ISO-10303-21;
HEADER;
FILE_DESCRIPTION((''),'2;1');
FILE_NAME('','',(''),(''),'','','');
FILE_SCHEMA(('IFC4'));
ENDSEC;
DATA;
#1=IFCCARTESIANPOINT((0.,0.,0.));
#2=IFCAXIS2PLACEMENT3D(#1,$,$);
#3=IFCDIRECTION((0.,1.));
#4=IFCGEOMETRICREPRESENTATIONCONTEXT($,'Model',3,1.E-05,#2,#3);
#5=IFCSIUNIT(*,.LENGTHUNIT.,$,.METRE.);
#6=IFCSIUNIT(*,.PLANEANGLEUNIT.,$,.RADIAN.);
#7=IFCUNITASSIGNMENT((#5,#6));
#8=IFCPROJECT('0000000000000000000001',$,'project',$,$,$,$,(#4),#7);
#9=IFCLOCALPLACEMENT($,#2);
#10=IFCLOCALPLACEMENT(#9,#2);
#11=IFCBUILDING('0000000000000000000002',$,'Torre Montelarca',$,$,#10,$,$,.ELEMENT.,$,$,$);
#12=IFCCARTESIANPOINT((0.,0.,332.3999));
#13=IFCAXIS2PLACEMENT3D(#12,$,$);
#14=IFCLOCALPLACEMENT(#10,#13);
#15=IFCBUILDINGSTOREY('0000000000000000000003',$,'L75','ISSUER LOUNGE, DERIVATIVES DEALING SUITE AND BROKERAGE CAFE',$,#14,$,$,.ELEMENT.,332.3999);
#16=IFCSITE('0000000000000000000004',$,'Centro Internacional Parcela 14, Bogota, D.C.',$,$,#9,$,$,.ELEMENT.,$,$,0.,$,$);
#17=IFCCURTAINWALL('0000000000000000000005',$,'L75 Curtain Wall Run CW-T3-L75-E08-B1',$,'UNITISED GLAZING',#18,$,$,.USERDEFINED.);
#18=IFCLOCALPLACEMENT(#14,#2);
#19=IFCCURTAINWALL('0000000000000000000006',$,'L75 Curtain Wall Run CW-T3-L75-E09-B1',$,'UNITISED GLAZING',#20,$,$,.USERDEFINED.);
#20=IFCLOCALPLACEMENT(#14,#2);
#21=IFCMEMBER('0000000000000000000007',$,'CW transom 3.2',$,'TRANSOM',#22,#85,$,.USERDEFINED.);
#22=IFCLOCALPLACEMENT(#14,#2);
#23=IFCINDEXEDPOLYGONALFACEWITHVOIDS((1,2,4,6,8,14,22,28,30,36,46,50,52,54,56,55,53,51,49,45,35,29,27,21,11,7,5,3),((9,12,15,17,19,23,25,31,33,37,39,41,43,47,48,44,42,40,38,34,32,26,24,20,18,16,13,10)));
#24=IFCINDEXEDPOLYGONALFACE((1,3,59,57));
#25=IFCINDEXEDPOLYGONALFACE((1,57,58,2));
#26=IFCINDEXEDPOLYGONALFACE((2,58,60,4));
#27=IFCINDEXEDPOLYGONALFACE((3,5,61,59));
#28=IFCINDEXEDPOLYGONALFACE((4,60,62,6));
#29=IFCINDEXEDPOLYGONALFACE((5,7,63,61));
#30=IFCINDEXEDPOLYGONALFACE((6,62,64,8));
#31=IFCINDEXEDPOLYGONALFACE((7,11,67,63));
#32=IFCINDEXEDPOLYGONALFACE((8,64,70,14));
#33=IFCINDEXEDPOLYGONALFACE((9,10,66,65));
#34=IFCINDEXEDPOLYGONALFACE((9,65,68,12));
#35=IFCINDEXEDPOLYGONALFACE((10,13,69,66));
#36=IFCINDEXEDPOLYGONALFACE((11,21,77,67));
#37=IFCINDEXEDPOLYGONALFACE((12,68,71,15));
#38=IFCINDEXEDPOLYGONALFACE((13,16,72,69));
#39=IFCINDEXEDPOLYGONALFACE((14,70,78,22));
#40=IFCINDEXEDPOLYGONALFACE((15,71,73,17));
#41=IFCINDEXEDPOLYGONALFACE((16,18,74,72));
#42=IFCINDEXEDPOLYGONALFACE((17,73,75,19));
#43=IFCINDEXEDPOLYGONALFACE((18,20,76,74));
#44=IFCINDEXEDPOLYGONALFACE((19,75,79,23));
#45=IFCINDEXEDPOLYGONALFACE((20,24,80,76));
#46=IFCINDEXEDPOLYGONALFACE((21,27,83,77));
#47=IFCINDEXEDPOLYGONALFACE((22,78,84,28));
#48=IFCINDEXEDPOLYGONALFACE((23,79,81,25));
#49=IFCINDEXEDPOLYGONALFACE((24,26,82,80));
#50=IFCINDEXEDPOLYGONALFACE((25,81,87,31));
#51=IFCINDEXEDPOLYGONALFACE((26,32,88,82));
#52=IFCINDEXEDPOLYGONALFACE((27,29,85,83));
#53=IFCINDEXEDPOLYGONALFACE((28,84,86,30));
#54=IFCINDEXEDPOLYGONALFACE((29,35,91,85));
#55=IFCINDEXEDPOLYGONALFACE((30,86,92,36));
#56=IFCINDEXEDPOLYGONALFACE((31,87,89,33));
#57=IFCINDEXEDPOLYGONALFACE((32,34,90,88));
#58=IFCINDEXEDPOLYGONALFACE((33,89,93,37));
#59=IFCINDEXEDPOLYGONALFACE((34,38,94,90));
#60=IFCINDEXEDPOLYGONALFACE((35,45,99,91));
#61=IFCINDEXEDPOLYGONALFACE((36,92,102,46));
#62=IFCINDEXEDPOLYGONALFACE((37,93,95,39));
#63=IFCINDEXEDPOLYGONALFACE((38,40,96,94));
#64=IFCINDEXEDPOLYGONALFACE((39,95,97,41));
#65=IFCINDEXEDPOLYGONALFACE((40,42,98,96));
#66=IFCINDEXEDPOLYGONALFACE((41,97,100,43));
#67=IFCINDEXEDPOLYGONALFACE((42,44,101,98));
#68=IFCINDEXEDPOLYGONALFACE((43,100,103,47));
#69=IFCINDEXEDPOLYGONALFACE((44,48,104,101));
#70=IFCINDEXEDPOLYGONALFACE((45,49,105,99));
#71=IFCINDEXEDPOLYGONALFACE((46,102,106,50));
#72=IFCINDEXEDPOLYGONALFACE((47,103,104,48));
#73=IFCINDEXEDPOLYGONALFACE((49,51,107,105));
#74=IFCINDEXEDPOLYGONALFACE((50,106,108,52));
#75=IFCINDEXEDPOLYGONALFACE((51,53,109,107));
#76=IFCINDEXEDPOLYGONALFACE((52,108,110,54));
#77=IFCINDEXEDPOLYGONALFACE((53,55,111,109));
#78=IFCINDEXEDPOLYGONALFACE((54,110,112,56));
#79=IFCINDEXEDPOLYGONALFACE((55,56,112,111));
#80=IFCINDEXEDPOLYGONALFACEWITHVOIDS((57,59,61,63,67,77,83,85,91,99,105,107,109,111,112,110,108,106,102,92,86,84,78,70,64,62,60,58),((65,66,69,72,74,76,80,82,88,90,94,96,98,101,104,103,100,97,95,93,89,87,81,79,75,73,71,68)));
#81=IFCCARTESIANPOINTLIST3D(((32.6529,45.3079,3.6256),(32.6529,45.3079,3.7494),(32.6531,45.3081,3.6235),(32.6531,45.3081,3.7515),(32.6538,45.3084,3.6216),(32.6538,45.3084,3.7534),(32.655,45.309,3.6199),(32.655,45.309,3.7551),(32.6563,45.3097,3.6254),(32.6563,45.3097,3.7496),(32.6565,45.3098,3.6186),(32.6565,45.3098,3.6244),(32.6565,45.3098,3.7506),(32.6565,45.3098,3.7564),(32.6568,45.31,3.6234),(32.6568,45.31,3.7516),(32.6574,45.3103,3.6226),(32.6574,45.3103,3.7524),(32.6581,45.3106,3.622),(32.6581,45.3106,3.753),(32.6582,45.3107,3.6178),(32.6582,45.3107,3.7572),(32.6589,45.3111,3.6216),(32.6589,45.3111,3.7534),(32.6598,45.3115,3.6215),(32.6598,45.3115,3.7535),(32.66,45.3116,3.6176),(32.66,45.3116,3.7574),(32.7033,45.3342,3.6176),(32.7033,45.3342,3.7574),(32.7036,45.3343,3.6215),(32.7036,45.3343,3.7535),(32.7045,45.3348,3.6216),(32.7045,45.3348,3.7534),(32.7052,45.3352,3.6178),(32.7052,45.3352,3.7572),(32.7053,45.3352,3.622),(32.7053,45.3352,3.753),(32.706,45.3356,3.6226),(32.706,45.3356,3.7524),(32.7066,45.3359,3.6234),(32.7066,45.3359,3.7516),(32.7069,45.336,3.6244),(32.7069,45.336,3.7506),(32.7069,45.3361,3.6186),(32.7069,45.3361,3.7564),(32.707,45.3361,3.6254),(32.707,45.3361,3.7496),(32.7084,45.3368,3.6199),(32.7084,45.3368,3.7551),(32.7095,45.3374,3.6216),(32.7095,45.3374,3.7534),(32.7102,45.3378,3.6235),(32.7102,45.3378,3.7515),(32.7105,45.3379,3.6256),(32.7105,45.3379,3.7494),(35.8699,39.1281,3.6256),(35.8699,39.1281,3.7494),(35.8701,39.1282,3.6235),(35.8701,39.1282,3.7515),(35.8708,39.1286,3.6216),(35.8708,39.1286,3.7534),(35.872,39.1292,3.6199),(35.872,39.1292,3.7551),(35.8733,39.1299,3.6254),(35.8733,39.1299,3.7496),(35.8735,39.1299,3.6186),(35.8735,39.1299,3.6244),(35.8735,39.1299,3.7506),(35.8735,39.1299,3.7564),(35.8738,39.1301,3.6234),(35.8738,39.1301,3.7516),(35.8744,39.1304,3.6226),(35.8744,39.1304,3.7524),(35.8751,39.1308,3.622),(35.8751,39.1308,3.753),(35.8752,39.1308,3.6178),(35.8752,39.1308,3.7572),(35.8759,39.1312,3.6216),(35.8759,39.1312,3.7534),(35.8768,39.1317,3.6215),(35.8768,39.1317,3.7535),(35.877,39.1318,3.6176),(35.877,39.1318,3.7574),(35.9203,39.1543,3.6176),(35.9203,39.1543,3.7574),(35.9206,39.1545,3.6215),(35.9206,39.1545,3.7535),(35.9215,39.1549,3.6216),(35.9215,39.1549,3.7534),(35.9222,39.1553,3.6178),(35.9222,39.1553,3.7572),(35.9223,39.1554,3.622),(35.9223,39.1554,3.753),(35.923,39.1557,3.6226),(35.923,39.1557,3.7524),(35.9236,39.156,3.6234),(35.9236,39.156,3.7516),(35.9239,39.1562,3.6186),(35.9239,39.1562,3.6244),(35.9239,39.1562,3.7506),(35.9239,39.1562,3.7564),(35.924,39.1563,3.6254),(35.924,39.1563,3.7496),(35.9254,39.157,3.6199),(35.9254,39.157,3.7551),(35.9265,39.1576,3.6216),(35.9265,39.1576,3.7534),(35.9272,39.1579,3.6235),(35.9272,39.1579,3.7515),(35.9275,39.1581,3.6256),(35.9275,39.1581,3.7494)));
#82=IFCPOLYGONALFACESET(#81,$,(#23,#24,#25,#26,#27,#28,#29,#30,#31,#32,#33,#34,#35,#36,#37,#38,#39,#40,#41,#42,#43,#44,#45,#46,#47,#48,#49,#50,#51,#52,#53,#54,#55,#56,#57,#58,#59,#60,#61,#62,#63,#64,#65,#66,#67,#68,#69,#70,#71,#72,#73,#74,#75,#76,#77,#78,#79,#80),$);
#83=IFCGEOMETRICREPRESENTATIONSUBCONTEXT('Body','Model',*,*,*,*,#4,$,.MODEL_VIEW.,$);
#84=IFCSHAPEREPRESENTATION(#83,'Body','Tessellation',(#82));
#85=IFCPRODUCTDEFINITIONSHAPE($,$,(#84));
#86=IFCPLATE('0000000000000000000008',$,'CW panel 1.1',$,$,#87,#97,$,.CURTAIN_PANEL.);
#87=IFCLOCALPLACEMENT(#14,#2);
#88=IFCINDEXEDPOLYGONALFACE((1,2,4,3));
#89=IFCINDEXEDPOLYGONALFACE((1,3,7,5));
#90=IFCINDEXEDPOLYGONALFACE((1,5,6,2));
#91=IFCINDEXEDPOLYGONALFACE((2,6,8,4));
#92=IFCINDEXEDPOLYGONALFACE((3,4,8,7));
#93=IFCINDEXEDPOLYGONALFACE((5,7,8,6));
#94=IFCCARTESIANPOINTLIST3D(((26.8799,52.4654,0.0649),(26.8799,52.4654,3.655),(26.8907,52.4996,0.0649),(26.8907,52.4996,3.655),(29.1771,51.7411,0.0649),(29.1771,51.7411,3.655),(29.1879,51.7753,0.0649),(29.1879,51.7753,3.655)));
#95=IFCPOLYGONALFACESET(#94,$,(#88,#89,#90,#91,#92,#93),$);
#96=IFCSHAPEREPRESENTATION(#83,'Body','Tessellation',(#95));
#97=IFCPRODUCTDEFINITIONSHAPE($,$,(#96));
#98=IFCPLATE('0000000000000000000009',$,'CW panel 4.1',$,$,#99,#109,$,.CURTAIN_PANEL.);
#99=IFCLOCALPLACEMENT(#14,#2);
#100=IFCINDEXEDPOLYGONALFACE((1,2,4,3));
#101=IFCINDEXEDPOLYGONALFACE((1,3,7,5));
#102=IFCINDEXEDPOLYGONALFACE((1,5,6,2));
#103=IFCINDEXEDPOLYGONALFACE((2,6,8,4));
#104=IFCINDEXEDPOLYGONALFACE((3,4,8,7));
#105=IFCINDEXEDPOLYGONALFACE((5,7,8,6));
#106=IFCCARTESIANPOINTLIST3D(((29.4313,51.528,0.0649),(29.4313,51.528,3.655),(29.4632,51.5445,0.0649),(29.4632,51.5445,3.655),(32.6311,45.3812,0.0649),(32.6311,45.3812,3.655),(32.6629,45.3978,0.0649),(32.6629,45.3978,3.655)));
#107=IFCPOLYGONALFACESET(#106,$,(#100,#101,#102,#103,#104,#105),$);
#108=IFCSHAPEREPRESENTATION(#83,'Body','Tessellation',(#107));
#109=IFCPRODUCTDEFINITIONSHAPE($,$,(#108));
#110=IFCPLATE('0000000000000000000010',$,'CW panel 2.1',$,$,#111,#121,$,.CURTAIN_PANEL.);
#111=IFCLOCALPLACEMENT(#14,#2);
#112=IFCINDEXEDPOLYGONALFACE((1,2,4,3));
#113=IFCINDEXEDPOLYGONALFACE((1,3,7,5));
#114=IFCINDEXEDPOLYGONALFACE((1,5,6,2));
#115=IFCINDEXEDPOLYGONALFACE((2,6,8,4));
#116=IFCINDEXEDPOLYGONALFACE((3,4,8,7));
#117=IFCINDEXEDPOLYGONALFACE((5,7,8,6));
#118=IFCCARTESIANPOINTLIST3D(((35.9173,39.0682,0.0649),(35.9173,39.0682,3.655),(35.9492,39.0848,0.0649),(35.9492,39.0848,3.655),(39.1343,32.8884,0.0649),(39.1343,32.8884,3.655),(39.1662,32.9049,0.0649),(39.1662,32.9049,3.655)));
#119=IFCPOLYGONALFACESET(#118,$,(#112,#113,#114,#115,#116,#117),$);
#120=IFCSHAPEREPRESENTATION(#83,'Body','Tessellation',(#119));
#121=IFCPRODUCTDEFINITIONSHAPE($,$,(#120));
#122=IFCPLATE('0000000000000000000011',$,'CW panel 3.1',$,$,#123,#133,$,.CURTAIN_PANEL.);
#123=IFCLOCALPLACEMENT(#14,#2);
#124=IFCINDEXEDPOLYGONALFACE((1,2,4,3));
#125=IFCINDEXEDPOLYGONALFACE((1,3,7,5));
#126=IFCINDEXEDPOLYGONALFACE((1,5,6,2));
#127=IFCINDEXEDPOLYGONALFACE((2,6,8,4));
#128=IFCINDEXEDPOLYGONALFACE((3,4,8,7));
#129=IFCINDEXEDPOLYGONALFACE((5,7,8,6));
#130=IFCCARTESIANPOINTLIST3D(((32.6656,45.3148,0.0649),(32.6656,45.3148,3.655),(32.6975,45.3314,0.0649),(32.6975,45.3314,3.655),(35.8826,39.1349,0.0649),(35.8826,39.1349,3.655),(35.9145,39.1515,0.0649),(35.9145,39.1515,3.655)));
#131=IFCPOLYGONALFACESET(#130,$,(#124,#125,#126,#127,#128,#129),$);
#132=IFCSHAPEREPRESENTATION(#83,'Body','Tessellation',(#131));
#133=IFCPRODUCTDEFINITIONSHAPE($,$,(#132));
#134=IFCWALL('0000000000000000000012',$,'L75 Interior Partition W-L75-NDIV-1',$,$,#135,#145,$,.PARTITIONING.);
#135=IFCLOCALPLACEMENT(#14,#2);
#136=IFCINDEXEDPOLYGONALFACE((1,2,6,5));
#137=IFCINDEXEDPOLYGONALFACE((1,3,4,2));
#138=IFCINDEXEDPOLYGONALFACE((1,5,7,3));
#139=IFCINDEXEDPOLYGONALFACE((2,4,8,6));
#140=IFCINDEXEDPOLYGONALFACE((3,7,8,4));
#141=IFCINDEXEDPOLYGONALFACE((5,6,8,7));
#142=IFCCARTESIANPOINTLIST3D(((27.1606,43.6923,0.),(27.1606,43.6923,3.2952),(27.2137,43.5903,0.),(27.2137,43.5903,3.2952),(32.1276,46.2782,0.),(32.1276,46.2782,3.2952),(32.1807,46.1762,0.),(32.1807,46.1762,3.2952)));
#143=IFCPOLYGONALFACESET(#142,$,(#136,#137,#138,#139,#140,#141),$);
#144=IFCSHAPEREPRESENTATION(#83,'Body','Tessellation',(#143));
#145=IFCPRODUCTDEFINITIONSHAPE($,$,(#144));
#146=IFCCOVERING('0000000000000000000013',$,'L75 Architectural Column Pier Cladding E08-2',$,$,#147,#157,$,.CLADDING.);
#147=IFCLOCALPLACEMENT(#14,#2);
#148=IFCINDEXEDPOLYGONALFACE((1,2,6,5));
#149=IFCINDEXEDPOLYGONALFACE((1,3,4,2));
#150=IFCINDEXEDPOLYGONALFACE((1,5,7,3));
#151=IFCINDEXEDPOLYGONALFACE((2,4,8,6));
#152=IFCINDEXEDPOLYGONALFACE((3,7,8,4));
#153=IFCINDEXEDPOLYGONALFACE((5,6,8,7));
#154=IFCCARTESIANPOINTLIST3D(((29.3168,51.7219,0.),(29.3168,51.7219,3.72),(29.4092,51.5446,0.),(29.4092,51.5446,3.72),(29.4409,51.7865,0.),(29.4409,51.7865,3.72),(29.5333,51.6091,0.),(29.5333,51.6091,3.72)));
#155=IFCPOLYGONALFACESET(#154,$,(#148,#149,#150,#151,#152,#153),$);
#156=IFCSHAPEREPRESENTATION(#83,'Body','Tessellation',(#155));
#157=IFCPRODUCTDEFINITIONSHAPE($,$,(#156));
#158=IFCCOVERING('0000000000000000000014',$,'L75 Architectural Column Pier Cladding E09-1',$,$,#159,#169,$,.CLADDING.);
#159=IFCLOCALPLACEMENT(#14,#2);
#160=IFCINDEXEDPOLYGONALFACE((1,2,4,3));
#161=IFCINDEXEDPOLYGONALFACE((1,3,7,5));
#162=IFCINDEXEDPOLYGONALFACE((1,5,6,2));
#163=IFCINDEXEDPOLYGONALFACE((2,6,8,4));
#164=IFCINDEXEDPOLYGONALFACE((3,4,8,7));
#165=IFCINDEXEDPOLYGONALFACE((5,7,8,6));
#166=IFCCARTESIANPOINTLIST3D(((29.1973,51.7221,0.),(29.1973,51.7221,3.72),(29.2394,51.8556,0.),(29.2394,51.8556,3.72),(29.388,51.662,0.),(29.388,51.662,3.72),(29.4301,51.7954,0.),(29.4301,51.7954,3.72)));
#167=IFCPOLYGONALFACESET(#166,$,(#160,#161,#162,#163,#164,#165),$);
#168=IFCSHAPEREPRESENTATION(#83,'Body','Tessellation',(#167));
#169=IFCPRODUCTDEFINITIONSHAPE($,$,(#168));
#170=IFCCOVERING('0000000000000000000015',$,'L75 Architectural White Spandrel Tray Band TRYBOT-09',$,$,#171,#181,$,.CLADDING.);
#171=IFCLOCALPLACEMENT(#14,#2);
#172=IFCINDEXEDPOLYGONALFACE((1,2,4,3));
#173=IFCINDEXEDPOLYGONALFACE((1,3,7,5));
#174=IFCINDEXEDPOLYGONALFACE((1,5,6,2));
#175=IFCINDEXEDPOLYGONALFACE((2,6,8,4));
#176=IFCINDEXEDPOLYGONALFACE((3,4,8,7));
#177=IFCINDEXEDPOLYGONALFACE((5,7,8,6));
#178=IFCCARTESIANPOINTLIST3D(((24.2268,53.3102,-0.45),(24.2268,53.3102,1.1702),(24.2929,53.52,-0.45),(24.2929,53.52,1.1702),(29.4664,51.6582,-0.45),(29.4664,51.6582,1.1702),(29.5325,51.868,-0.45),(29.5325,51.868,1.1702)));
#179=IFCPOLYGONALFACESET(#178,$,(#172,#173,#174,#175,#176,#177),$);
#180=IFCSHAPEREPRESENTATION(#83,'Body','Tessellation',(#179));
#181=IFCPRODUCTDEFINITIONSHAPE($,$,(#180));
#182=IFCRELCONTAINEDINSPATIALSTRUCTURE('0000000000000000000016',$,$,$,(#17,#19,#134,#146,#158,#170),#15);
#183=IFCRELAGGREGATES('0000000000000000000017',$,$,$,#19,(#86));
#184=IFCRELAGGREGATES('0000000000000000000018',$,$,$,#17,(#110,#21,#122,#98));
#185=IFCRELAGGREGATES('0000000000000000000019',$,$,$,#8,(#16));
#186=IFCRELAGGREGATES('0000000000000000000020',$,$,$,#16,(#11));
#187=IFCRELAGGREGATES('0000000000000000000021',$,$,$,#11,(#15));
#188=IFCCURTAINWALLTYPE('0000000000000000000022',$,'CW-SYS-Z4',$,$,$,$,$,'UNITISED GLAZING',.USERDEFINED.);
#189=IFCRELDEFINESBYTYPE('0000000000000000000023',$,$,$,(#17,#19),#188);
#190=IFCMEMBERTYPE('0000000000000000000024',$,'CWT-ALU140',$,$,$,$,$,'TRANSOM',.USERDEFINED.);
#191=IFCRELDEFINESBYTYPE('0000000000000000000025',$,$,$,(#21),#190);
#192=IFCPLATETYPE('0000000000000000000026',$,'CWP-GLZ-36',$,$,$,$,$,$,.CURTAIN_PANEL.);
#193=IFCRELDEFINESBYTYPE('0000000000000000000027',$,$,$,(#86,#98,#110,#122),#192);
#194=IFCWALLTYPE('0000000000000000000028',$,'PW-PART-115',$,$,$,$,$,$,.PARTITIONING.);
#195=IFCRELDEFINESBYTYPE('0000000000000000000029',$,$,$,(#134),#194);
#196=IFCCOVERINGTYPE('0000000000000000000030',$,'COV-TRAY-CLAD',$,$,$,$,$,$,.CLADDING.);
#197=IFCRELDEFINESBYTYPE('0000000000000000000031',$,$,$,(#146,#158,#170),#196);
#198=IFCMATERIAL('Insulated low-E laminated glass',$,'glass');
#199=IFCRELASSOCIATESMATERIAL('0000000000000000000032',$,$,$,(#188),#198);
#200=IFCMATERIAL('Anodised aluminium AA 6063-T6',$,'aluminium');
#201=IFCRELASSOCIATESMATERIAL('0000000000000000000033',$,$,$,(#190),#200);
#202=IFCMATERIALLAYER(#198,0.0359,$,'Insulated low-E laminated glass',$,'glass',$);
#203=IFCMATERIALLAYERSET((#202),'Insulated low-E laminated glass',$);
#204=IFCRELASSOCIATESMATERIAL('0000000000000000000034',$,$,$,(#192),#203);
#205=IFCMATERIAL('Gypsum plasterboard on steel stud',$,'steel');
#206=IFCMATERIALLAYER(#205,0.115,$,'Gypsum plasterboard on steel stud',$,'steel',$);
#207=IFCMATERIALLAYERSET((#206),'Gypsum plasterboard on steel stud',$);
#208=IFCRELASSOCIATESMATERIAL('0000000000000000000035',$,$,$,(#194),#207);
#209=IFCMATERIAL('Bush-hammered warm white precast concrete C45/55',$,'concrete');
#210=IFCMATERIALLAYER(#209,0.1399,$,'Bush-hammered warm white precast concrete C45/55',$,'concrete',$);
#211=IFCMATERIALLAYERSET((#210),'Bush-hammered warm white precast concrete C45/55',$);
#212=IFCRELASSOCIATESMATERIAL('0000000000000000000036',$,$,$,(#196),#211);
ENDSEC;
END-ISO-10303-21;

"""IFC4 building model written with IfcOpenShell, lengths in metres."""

from ifc_helpers import new_model, si_unit, direction, frame, frame_2d, origin, origin_2d, place, context, subcontext, project, spatial, rectangle, hollow_rectangle, extrude, source, transform, mapped, material, layer, layer_set, material_profile, profile_set, type_object, element, aggregate, save


model = new_model("IFC4")

# Units and contexts
model_context = context("Model", 3, precision=1e-05, world=origin(), true_north=direction((0.0, 1.0)))
body_context = subcontext(model_context, "Body", "Model", "MODEL_VIEW")
ifc_project = project(units=[si_unit("LENGTHUNIT", "METRE"), si_unit("PLANEANGLEUNIT", "RADIAN")], contexts=[model_context])

# Site, building, storey
site_placement = place(None, origin())
site = spatial("IfcSite", under=ifc_project, at=site_placement, Name="Centro Internacional Parcela 14, Bogota, D.C.", CompositionType="ELEMENT", RefElevation=0.0)
building_placement = place(site_placement, origin())
building = spatial("IfcBuilding", under=site, at=building_placement, Name="Torre Montelarca", CompositionType="ELEMENT")
storey_placement = place(building_placement, frame((0.0, 0.0, 332.3999)))
storey = spatial("IfcBuildingStorey", under=building, at=storey_placement, Name="L75", Description="ISSUER LOUNGE, DERIVATIVES DEALING SUITE AND BROKERAGE CAFE", CompositionType="ELEMENT", Elevation=332.3999)

# Curtain walls
ifc_material_1 = material(Name="Insulated low-E laminated glass", Category="glass")
curtain_wall_type = type_object("IfcCurtainWallType", Name="CW-SYS-Z4", ElementType="UNITISED GLAZING", PredefinedType="USERDEFINED", material=ifc_material_1)
curtain_wall_1_placement = place(storey_placement, origin())
curtain_wall_1 = element("IfcCurtainWall", 1, at=curtain_wall_1_placement, inside=storey, type_object=curtain_wall_type, Name="L75 Curtain Wall Run CW-T3-L75-E08-B1", ObjectType="UNITISED GLAZING", PredefinedType="USERDEFINED")
ifc_material_2 = material(Name="Anodised aluminium AA 6063-T6", Category="aluminium")
curtain_wall_2_placement = place(storey_placement, origin())
curtain_wall_2 = element("IfcCurtainWall", 2, at=curtain_wall_2_placement, inside=storey, type_object=curtain_wall_type, Name="L75 Curtain Wall Run CW-T3-L75-E09-B1", ObjectType="UNITISED GLAZING", PredefinedType="USERDEFINED")
ifc_material_profile_1 = material_profile(ifc_material_2, hollow_rectangle(XDim=0.0649, YDim=0.1399, WallThickness=0.0039, InnerFilletRadius=0.0039, OuterFilletRadius=0.0081, at=origin_2d()), Name="ALU65X140X4", Category="aluminium")
ifc_profile_set_1 = profile_set([ifc_material_profile_1], Name="Anodised aluminium AA 6063-T6")
member_type_1 = type_object("IfcMemberType", Name="CWT-ALU140", ElementType="TRANSOM", PredefinedType="USERDEFINED", material=ifc_profile_set_1)

# Member
shared_shape_1 = source(origin(), body_context, "Body", "SweptSolid", [
    extrude(hollow_rectangle(XDim=0.0649, YDim=0.1399, WallThickness=0.0039, InnerFilletRadius=0.0039, OuterFilletRadius=0.0081, at=origin_2d()), origin(), (0.0, 0.0, 1.0), 6.967),
])
member_1_placement = place(storey_placement, frame((35.8987, 39.1431, 3.6875), z_axis=(-0.461745, 0.887012, 0.0), x_axis=(-0.887012, -0.461745, 0.0)))
member_1 = element("IfcMember", 3, at=member_1_placement, type_object=member_type_1, Name="CW transom 3.2", ObjectType="TRANSOM", PredefinedType="USERDEFINED", context=body_context, shape_type="MappedRepresentation", body=[
    mapped(shared_shape_1, transform((0.0, 0.0, 0.0), scale=1.0)),
])

# Plates
ifc_layer_1 = layer(ifc_material_1, 0.0359, Name="Insulated low-E laminated glass", Category="glass")
ifc_layer_set_1 = layer_set([ifc_layer_1], Name="Insulated low-E laminated glass")
plate_type = type_object("IfcPlateType", Name="CWP-GLZ-36", PredefinedType="CURTAIN_PANEL", material=ifc_layer_set_1)
shared_shape_2 = source(origin(), body_context, "Body", "SweptSolid", [
    extrude(rectangle(XDim=2.4087, YDim=0.0359, at=origin_2d()), origin(), (0.0, 0.0, 1.0), 3.5901),
])
plate_1_placement = place(storey_placement, frame((28.0339, 52.1204, 0.0649), z_axis=(0.0, 0.0, 1.0), x_axis=(-0.953721, 0.300693, 0.0)))
plate_1 = element("IfcPlate", 4, at=plate_1_placement, type_object=plate_type, Name="CW panel 1.1", PredefinedType="CURTAIN_PANEL", context=body_context, shape_type="MappedRepresentation", body=[
    mapped(shared_shape_2, transform((0.0, 0.0, 0.0), scale=1.0)),
])
aggregate(curtain_wall_2, [plate_1])
shared_shape_3 = source(origin(), body_context, "Body", "SweptSolid", [
    extrude(rectangle(XDim=6.9297, YDim=0.0359, at=origin_2d()), origin(), (0.0, 0.0, 1.0), 3.5901),
])
plate_2_placement = place(storey_placement, frame((31.0471, 48.4629, 0.0649), z_axis=(0.0, 0.0, 1.0), x_axis=(-0.461745, 0.887013, 0.0)))
plate_2 = element("IfcPlate", 5, at=plate_2_placement, type_object=plate_type, Name="CW panel 4.1", PredefinedType="CURTAIN_PANEL", context=body_context, shape_type="MappedRepresentation", body=[
    mapped(shared_shape_3, transform((0.0, 0.0, 0.0), scale=1.0)),
])
shared_shape_4 = source(origin(), body_context, "Body", "SweptSolid", [
    extrude(rectangle(XDim=6.967, YDim=0.0359, at=origin_2d()), origin(), (0.0, 0.0, 1.0), 3.5901),
])
plate_3_placement = place(storey_placement, frame((37.5417, 35.9866, 0.0649), z_axis=(0.0, 0.0, 1.0), x_axis=(-0.461745, 0.887013, 0.0)))
plate_3 = element("IfcPlate", 6, at=plate_3_placement, type_object=plate_type, Name="CW panel 2.1", PredefinedType="CURTAIN_PANEL", context=body_context, shape_type="MappedRepresentation", body=[
    mapped(shared_shape_4, transform((0.0, 0.0, 0.0), scale=1.0)),
])
plate_4_placement = place(storey_placement, frame((34.29, 42.2332, 0.0649), z_axis=(0.0, 0.0, 1.0), x_axis=(-0.461745, 0.887013, 0.0)))
plate_4 = element("IfcPlate", 7, at=plate_4_placement, type_object=plate_type, Name="CW panel 3.1", PredefinedType="CURTAIN_PANEL", context=body_context, shape_type="MappedRepresentation", body=[
    mapped(shared_shape_4, transform((0.0, 0.0, 0.0), scale=1.0)),
])
aggregate(curtain_wall_1, [plate_3, member_1, plate_4, plate_2])

# Wall
ifc_material_3 = material(Name="Gypsum plasterboard on steel stud", Category="steel")
ifc_layer_2 = layer(ifc_material_3, 0.115, Name="Gypsum plasterboard on steel stud", Category="steel")
ifc_layer_set_2 = layer_set([ifc_layer_2], Name="Gypsum plasterboard on steel stud")
wall_type = type_object("IfcWallType", Name="PW-PART-115", PredefinedType="PARTITIONING", material=ifc_layer_set_2)
wall_placement = place(storey_placement, frame((27.1873, 43.6414, 0.0), z_axis=(0.0, 0.0, 1.0), x_axis=(0.886992, 0.461785, 0.0)))
element("IfcWall", 8, at=wall_placement, inside=storey, type_object=wall_type, Name="L75 Interior Partition W-L75-NDIV-1", PredefinedType="PARTITIONING", context=body_context, shape_type="SweptSolid", body=[
    extrude(rectangle(XDim=5.5999, YDim=0.115, at=frame_2d((2.7998, 0.0))), origin(), (0.0, 0.0, 1.0), 3.2952),
])

# Coverings
ifc_material_4 = material(Name="Bush-hammered warm white precast concrete C45/55", Category="concrete")
ifc_layer_3 = layer(ifc_material_4, 0.1399, Name="Bush-hammered warm white precast concrete C45/55", Category="concrete")
ifc_layer_set_3 = layer_set([ifc_layer_3], Name="Bush-hammered warm white precast concrete C45/55")
covering_type = type_object("IfcCoveringType", Name="COV-TRAY-CLAD", PredefinedType="CLADDING", material=ifc_layer_set_3)
shared_shape_5 = source(origin(), body_context, "Body", "SweptSolid", [
    extrude(rectangle(XDim=0.2, YDim=0.1399, at=origin_2d()), origin(), (0.0, 0.0, 1.0), 3.72),
])
for number, where, z_axis, x_axis, name in (
    (9, (29.425, 51.6655, 0.0), (0.0, 0.0, 1.0), (-0.461747, 0.887012, 0.0), "L75 Architectural Column Pier Cladding E08-2"),
    (10, (29.3137, 51.7588, 0.0), (0.0, 0.0, 1.0), (-0.953719, 0.300701, 0.0), "L75 Architectural Column Pier Cladding E09-1"),
):
    element("IfcCovering", number, at=place(storey_placement, frame(where, z_axis=z_axis, x_axis=x_axis)), inside=storey, type_object=covering_type, Name=name, PredefinedType="CLADDING", context=body_context, shape_type="MappedRepresentation", body=[
        mapped(shared_shape_5, transform((0.0, 0.0, 0.0), scale=1.0)),
    ])
shared_shape_6 = source(origin(), body_context, "Body", "SweptSolid", [
    extrude(rectangle(XDim=5.4939, YDim=0.22, at=origin_2d()), origin(), (0.0, 0.0, 1.0), 1.6201),
])
covering_1_placement = place(storey_placement, frame((26.8796, 52.5891, -0.45), z_axis=(0.0, 0.0, 1.0), x_axis=(-0.953717, 0.300706, 0.0)))
element("IfcCovering", 11, at=covering_1_placement, inside=storey, type_object=covering_type, Name="L75 Architectural White Spandrel Tray Band TRYBOT-09", PredefinedType="CLADDING", context=body_context, shape_type="MappedRepresentation", body=[
    mapped(shared_shape_6, transform((0.0, 0.0, 0.0), scale=1.0)),
])

save(model, "model.ifc")
